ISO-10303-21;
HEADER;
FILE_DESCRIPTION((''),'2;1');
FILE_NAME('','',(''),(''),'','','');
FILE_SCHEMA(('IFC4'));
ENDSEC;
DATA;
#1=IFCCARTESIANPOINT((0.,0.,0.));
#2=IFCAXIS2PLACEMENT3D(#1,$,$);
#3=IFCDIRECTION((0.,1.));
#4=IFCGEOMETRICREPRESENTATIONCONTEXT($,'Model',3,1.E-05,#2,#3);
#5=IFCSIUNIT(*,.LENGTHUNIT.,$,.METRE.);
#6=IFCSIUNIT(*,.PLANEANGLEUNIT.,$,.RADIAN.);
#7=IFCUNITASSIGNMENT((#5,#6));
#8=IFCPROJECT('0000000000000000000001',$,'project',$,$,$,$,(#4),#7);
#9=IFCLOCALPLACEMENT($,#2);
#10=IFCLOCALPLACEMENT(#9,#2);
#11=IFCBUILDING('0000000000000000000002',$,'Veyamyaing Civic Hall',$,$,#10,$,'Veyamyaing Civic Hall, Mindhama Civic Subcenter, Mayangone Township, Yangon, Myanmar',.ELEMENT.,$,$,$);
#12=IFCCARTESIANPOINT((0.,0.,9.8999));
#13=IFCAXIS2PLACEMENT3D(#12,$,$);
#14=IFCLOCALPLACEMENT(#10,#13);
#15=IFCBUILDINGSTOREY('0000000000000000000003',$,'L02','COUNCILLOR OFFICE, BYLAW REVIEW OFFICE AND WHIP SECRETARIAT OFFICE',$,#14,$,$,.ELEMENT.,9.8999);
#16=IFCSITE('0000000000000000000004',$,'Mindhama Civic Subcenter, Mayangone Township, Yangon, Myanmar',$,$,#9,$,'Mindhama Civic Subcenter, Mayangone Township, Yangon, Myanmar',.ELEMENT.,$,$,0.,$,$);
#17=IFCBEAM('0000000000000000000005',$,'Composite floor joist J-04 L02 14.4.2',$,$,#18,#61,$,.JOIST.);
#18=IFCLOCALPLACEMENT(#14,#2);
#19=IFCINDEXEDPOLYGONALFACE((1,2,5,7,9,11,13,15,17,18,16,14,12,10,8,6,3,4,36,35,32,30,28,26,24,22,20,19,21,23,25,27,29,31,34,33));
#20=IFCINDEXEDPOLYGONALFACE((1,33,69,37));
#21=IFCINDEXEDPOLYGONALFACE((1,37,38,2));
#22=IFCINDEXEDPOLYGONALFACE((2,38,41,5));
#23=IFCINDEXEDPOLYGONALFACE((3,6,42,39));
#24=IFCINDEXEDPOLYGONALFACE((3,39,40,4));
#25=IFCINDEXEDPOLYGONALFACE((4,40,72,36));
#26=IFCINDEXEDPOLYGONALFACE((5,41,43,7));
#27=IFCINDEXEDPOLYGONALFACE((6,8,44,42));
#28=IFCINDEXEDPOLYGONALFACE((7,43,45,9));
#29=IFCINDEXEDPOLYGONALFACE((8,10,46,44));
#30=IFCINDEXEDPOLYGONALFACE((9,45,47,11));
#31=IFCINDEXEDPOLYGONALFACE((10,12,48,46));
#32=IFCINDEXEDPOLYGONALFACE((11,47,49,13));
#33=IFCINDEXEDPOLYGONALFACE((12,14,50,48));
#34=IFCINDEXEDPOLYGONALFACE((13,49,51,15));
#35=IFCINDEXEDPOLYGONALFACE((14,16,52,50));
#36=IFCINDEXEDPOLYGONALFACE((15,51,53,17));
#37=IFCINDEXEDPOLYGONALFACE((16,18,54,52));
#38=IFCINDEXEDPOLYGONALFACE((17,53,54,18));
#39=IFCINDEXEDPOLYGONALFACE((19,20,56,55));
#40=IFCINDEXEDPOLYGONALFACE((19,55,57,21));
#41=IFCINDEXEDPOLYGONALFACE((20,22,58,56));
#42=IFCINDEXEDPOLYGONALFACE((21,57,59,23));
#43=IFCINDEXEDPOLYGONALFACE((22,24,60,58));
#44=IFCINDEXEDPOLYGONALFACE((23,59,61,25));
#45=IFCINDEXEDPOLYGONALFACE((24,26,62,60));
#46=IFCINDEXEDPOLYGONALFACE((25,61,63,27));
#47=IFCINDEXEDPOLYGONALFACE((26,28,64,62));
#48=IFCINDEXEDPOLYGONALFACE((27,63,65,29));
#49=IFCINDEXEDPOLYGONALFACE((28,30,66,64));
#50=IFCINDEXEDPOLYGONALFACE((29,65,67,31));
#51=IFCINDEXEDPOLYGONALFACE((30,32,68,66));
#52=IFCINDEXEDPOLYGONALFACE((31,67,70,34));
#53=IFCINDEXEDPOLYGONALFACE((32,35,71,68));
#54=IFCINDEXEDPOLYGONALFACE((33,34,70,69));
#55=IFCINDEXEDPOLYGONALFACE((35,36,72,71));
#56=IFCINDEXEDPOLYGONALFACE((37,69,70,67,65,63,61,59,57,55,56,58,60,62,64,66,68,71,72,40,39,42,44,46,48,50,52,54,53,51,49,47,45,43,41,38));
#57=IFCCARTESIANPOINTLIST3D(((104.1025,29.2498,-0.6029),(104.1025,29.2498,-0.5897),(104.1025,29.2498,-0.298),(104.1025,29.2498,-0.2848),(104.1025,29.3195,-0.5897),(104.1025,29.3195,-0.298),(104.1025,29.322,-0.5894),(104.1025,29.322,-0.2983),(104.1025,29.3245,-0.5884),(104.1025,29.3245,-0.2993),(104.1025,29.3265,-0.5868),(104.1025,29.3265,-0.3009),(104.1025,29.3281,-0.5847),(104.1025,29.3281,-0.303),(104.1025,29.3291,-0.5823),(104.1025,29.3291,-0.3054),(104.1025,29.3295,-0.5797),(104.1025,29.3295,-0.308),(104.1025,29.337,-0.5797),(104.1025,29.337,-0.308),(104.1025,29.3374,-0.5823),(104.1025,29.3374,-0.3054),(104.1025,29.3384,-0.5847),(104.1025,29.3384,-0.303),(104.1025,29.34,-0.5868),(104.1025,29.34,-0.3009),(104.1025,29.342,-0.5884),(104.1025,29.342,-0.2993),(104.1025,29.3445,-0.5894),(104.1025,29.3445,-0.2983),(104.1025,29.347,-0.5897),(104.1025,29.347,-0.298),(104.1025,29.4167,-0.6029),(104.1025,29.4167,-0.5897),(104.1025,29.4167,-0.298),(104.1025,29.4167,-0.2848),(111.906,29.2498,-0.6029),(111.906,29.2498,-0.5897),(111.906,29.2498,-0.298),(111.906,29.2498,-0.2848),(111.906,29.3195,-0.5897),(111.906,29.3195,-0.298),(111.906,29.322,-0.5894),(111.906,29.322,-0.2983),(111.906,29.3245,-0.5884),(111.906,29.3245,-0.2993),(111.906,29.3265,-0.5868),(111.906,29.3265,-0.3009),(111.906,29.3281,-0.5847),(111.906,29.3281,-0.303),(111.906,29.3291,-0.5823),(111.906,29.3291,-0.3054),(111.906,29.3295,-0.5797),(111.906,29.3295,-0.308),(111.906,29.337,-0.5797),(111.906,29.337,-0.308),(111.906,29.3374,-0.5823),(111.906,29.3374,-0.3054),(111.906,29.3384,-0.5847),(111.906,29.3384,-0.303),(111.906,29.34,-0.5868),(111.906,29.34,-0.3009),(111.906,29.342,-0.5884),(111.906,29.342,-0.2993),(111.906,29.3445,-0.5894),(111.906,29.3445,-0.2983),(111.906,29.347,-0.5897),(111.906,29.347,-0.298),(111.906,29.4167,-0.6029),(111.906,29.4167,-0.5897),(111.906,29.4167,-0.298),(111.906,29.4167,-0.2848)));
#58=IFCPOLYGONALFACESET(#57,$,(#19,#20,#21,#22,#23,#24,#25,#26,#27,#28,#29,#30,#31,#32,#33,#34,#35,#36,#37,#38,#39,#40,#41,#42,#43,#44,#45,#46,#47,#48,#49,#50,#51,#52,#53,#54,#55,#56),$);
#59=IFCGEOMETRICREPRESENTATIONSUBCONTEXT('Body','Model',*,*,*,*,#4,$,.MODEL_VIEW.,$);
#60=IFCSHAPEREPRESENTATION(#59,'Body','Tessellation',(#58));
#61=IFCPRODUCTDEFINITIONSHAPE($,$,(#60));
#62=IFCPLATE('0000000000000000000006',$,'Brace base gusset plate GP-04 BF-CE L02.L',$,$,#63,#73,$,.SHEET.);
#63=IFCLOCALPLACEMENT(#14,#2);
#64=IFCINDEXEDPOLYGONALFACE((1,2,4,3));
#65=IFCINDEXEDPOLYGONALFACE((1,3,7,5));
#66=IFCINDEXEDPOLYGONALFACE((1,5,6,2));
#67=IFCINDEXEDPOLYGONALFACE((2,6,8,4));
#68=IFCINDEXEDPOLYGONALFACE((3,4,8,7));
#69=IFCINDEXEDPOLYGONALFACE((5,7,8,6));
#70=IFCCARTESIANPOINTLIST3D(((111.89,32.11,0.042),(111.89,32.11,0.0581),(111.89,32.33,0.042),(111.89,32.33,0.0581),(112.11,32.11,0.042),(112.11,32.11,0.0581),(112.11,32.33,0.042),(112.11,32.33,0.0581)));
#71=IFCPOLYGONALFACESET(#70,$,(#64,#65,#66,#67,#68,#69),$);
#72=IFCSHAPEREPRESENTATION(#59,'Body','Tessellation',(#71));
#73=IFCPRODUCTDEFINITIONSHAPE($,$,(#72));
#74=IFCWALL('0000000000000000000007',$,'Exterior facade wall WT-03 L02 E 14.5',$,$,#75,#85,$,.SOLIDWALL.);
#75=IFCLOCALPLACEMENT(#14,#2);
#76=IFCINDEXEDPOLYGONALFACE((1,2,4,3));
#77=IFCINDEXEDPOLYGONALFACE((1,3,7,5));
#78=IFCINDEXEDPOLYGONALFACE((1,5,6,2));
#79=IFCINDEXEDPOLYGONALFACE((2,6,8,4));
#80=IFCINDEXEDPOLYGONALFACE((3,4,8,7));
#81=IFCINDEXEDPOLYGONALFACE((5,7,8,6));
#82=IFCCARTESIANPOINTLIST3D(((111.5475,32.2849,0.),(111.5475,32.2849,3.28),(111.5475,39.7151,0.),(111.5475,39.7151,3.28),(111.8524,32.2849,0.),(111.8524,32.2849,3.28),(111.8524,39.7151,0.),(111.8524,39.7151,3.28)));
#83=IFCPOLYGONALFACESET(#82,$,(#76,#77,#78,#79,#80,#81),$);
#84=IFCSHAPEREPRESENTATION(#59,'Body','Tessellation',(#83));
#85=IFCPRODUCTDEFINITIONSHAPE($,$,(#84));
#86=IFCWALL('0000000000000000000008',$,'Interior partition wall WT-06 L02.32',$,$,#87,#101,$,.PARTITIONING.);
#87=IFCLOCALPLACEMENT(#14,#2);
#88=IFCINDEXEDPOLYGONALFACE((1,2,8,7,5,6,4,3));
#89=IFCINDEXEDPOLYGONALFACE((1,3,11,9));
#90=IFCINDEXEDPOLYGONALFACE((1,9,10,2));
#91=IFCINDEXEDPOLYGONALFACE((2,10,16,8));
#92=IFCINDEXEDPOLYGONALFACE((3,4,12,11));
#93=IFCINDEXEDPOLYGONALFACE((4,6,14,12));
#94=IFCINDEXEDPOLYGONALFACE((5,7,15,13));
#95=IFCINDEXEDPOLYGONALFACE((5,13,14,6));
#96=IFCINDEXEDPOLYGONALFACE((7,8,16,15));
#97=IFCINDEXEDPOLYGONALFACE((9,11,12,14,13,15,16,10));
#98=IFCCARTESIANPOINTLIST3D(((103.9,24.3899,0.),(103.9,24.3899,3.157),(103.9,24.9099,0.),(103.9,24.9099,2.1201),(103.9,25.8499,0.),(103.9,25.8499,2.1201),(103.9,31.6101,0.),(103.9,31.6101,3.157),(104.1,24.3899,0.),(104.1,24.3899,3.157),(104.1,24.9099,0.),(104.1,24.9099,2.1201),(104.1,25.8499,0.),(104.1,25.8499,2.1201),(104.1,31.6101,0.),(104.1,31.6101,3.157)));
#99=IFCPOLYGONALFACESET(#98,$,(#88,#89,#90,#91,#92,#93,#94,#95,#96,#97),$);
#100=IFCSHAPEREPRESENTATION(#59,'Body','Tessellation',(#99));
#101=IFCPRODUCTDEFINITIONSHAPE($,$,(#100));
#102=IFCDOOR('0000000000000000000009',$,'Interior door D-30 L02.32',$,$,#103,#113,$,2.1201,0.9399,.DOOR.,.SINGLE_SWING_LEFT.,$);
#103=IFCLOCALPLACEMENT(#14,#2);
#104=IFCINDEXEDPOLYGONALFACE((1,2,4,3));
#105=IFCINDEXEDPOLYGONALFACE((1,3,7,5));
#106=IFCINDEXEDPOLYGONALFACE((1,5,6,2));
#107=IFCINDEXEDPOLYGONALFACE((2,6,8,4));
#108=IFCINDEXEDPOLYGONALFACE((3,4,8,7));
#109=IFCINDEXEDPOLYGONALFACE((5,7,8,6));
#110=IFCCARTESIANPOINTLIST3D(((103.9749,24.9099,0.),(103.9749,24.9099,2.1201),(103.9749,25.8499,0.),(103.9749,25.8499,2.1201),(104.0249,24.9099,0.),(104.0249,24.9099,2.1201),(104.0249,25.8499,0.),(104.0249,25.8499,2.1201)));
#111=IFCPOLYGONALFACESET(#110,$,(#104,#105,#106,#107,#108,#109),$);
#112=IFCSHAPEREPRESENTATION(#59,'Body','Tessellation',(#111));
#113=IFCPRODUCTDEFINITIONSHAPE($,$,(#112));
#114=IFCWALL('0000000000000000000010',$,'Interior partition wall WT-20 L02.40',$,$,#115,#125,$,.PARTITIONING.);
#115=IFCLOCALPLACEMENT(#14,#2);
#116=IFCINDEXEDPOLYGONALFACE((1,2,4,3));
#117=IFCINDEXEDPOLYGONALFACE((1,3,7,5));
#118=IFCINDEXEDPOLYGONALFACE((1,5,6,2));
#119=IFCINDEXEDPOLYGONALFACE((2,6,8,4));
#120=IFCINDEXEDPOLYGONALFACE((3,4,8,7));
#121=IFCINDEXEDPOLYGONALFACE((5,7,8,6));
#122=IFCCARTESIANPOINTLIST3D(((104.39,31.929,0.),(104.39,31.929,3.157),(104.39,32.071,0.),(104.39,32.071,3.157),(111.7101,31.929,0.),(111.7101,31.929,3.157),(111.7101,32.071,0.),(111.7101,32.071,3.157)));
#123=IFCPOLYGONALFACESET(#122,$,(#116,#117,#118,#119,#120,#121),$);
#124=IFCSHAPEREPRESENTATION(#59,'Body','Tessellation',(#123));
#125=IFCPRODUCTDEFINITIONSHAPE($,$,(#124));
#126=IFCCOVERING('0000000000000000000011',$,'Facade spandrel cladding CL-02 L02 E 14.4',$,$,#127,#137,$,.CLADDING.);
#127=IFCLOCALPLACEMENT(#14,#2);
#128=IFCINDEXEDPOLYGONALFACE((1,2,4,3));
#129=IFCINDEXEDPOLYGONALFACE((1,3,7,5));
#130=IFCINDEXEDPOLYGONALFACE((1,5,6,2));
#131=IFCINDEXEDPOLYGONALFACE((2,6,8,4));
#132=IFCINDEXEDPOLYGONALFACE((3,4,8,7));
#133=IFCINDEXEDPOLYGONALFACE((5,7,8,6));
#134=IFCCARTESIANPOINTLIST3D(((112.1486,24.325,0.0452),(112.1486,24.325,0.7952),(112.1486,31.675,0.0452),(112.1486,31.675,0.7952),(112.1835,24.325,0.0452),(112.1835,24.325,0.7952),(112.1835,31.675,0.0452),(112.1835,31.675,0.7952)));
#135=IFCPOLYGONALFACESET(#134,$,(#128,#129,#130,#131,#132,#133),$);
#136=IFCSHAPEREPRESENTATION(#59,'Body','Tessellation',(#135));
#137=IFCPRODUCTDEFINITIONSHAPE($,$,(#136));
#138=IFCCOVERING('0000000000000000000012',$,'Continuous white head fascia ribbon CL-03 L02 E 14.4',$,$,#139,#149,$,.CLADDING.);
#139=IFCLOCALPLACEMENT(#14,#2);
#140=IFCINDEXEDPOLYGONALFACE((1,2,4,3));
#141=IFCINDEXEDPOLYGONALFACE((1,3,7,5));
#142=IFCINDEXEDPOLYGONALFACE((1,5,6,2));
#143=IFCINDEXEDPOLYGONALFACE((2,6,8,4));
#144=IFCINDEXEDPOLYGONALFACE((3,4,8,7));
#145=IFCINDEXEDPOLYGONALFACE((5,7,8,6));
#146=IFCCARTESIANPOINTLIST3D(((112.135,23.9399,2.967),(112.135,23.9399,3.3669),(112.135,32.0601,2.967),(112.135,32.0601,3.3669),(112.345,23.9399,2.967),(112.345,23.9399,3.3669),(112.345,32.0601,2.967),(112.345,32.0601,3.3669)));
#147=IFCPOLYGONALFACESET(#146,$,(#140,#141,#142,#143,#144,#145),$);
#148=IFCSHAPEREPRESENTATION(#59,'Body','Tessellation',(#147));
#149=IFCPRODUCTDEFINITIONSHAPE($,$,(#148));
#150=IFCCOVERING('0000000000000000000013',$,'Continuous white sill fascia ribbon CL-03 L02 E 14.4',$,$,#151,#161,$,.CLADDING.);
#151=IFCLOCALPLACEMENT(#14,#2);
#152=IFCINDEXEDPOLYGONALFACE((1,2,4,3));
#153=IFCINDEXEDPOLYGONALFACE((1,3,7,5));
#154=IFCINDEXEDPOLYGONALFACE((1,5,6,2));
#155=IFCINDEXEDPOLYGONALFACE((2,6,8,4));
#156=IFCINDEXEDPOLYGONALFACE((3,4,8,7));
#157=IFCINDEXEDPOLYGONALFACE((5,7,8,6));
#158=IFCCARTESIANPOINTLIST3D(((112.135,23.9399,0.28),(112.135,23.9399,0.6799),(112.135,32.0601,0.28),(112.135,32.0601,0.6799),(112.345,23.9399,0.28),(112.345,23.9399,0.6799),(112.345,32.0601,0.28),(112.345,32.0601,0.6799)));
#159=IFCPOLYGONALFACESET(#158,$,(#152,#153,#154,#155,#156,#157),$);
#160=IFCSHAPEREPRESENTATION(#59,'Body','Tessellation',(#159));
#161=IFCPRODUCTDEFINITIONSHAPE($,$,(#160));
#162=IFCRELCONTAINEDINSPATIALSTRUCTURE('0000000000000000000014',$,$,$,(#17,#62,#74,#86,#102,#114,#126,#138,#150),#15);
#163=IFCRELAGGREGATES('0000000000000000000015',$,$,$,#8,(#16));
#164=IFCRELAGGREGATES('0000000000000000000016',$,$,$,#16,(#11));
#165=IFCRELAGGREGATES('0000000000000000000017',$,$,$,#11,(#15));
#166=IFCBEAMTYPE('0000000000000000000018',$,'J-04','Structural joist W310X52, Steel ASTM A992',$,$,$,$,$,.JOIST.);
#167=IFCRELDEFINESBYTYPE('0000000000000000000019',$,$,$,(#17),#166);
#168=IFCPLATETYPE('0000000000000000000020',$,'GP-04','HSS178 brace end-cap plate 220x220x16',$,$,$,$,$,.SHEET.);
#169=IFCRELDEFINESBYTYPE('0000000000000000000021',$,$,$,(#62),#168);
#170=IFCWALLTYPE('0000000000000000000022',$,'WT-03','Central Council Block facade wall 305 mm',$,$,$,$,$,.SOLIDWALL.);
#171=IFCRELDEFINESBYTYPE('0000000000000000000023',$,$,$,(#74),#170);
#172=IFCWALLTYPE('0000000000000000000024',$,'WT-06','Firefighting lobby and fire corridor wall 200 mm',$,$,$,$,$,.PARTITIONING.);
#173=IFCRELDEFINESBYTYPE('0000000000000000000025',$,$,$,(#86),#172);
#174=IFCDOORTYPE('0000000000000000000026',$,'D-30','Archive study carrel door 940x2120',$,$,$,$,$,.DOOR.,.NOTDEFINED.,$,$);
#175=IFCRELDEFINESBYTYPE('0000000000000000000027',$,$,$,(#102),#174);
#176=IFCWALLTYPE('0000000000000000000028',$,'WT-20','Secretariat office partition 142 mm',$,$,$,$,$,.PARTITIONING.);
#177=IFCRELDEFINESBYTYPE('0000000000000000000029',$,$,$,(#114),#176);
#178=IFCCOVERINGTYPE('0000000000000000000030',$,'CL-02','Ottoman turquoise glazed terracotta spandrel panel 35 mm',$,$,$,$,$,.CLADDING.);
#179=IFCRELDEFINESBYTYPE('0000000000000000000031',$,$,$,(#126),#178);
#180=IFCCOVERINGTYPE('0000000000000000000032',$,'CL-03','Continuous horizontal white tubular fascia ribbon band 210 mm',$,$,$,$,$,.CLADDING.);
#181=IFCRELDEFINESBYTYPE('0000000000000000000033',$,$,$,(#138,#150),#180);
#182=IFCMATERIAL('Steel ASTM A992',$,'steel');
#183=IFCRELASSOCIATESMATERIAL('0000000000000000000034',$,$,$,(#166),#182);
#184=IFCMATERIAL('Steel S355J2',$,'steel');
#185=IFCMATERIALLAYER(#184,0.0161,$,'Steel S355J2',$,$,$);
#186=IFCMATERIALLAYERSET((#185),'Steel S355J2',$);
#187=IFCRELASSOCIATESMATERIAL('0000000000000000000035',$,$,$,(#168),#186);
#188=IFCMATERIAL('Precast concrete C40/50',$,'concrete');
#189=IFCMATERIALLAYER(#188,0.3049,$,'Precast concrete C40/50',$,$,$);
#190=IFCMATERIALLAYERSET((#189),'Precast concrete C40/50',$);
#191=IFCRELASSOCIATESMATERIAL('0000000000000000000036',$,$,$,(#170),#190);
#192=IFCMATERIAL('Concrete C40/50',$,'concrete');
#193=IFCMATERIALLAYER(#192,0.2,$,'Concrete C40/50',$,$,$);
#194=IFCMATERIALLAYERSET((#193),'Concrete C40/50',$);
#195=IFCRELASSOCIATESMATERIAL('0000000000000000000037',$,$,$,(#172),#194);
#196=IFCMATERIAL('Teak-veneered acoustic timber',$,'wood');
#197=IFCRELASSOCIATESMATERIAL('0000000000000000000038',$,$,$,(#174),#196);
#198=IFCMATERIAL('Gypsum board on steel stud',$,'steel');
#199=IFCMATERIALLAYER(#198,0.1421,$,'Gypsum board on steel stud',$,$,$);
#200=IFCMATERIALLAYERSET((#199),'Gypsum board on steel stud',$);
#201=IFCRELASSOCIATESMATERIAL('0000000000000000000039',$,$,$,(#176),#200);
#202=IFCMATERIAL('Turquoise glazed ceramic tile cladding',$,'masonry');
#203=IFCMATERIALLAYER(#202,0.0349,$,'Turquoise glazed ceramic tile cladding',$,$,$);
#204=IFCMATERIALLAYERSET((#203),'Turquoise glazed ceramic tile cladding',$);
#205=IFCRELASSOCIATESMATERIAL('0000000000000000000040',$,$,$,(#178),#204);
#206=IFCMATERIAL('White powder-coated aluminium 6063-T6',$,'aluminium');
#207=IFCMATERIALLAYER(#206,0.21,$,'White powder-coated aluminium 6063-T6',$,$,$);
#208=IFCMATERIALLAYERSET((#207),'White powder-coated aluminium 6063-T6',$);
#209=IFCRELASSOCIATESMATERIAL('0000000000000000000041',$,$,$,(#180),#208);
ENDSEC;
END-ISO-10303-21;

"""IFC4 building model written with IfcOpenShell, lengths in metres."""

from ifc_helpers import new_model, si_unit, direction, frame, frame_2d, origin, origin_2d, place, context, subcontext, project, spatial, rectangle, i_section, extrude, material, layer, layer_set, material_profile, profile_set, type_object, element, fill, save


model = new_model("IFC4")

# Units and contexts
model_context = context("Model", 3, precision=1e-05, world=origin(), true_north=direction((0.0, 1.0)))
body_context = subcontext(model_context, "Body", "Model", "MODEL_VIEW")
ifc_project = project(units=[si_unit("LENGTHUNIT", "METRE"), si_unit("PLANEANGLEUNIT", "RADIAN")], contexts=[model_context])

# Site, building, storey
site_placement = place(None, origin())
site = spatial("IfcSite", under=ifc_project, at=site_placement, Name="Mindhama Civic Subcenter, Mayangone Township, Yangon, Myanmar", LongName="Mindhama Civic Subcenter, Mayangone Township, Yangon, Myanmar", CompositionType="ELEMENT", RefElevation=0.0)
building_placement = place(site_placement, origin())
building = spatial("IfcBuilding", under=site, at=building_placement, Name="Veyamyaing Civic Hall", LongName="Veyamyaing Civic Hall, Mindhama Civic Subcenter, Mayangone Township, Yangon, Myanmar", CompositionType="ELEMENT")
storey_placement = place(building_placement, frame((0.0, 0.0, 9.8999)))
storey = spatial("IfcBuildingStorey", under=building, at=storey_placement, Name="L02", Description="COUNCILLOR OFFICE, BYLAW REVIEW OFFICE AND WHIP SECRETARIAT OFFICE", CompositionType="ELEMENT", Elevation=9.8999)

# Shared definitions
ifc_material_1 = material(Name="Steel ASTM A992", Category="steel")

# Shared definitions
ifc_material_2 = material(Name="Steel S355J2", Category="steel")

# Beam
ifc_material_profile_1 = material_profile(ifc_material_1, i_section(OverallWidth=0.167, OverallDepth=0.3181, WebThickness=0.0076, FlangeThickness=0.0132, FilletRadius=0.01, at=origin_2d()), Name="W310X52")
ifc_profile_set_1 = profile_set([ifc_material_profile_1], Name="Steel ASTM A992")
beam_type_1 = type_object("IfcBeamType", Name="J-04", Description="Structural joist W310X52, Steel ASTM A992", PredefinedType="JOIST", material=ifc_profile_set_1)
for number, where, z_axis, x_axis, name in (
    (1, (104.1025, 29.3333, -0.4438), (1.0, 0.0, 0.0), (0.0, 1.0, 0.0), "Composite floor joist J-04 L02 14.4.2"),
):
    element("IfcBeam", number, at=place(storey_placement, frame(where, z_axis=z_axis, x_axis=x_axis)), inside=storey, type_object=beam_type_1, Name=name, PredefinedType="JOIST", context=body_context, shape_type="SweptSolid", body=[
        extrude(i_section(OverallWidth=0.167, OverallDepth=0.3181, WebThickness=0.0076, FlangeThickness=0.0132, FilletRadius=0.01, at=origin_2d()), origin(), (0.0, 0.0, 1.0), 7.8035),
    ])

# Plate
ifc_layer_1 = layer(ifc_material_2, 0.0161, Name="Steel S355J2")
ifc_layer_set_1 = layer_set([ifc_layer_1], Name="Steel S355J2")
plate_type = type_object("IfcPlateType", Name="GP-04", Description="HSS178 brace end-cap plate 220x220x16", PredefinedType="SHEET", material=ifc_layer_set_1)
plate_placement = place(storey_placement, frame((112.0, 32.22, 0.042), z_axis=(0.0, 0.0, 1.0), x_axis=(1.0, 0.0, 0.0)))
element("IfcPlate", 2, at=plate_placement, inside=storey, type_object=plate_type, Name="Brace base gusset plate GP-04 BF-CE L02.L", PredefinedType="SHEET", context=body_context, shape_type="SweptSolid", body=[
    extrude(rectangle(XDim=0.22, YDim=0.22, at=origin_2d()), origin(), (0.0, 0.0, 1.0), 0.0161),
])

# Wall
ifc_material_3 = material(Name="Precast concrete C40/50", Category="concrete")
ifc_layer_2 = layer(ifc_material_3, 0.3049, Name="Precast concrete C40/50")
ifc_layer_set_2 = layer_set([ifc_layer_2], Name="Precast concrete C40/50")
wall_type_1 = type_object("IfcWallType", Name="WT-03", Description="Central Council Block facade wall 305 mm", PredefinedType="SOLIDWALL", material=ifc_layer_set_2)
wall_1_placement = place(storey_placement, frame((111.7, 32.2849, 0.0), z_axis=(0.0, 0.0, 1.0), x_axis=(0.0, 1.0, 0.0)))
element("IfcWall", 3, at=wall_1_placement, inside=storey, type_object=wall_type_1, Name="Exterior facade wall WT-03 L02 E 14.5", PredefinedType="SOLIDWALL", context=body_context, shape_type="SweptSolid", body=[
    extrude(rectangle(XDim=7.4302, YDim=0.3049, at=frame_2d((3.7151, 0.0))), origin(), (0.0, 0.0, 1.0), 3.28),
])

# Wall, opening, door
ifc_material_4 = material(Name="Concrete C40/50", Category="concrete")
ifc_layer_3 = layer(ifc_material_4, 0.2, Name="Concrete C40/50")
ifc_layer_set_3 = layer_set([ifc_layer_3], Name="Concrete C40/50")
wall_type_2 = type_object("IfcWallType", Name="WT-06", Description="Firefighting lobby and fire corridor wall 200 mm", PredefinedType="PARTITIONING", material=ifc_layer_set_3)
wall_2_placement = place(storey_placement, frame((104.0, 24.3899, 0.0), z_axis=(0.0, 0.0, 1.0), x_axis=(0.0, 1.0, 0.0)))
wall_2 = element("IfcWall", 4, at=wall_2_placement, inside=storey, type_object=wall_type_2, Name="Interior partition wall WT-06 L02.32", PredefinedType="PARTITIONING", context=body_context, shape_type="SweptSolid", body=[
    extrude(rectangle(XDim=7.2202, YDim=0.2, at=frame_2d((3.6101, 0.0))), origin(), (0.0, 0.0, 1.0), 3.157),
])
opening_placement = place(wall_2_placement, frame((0.52, 0.0, 0.0)))
opening = element("IfcOpeningElement", 5, at=opening_placement, cuts=wall_2, PredefinedType="OPENING", context=body_context, shape_type="SweptSolid", body=[
    extrude(rectangle(XDim=0.9399, YDim=2.1201, at=frame_2d((0.47, 1.0601))), frame((0.0, 0.1099, 0.0), z_axis=(0.0, -1.0, 0.0), x_axis=(1.0, 0.0, 0.0)), (0.0, 0.0, 1.0), 0.22),
])
ifc_material_5 = material(Name="Teak-veneered acoustic timber", Category="wood")
door_type = type_object("IfcDoorType", Name="D-30", Description="Archive study carrel door 940x2120", OperationType="NOTDEFINED", PredefinedType="DOOR", material=ifc_material_5)
door_placement = place(opening_placement, frame((0.9399, 0.0, 0.0), z_axis=(0.0, 0.0, 1.0), x_axis=(-1.0, 0.0, 0.0)))
door = element("IfcDoor", 6, at=door_placement, inside=storey, type_object=door_type, Name="Interior door D-30 L02.32", OperationType="SINGLE_SWING_LEFT", OverallHeight=2.1201, OverallWidth=0.9399, PredefinedType="DOOR", context=body_context, shape_type="SweptSolid", body=[
    extrude(rectangle(XDim=0.9399, YDim=2.1201, at=frame_2d((0.47, 1.0601))), frame((0.0, 0.0249, 0.0), z_axis=(0.0, -1.0, 0.0), x_axis=(1.0, 0.0, 0.0)), (0.0, 0.0, 1.0), 0.05),
])
fill(opening, door)

# Wall
ifc_material_6 = material(Name="Gypsum board on steel stud", Category="steel")
ifc_layer_4 = layer(ifc_material_6, 0.1421, Name="Gypsum board on steel stud")
ifc_layer_set_4 = layer_set([ifc_layer_4], Name="Gypsum board on steel stud")
wall_type_3 = type_object("IfcWallType", Name="WT-20", Description="Secretariat office partition 142 mm", PredefinedType="PARTITIONING", material=ifc_layer_set_4)
wall_3_placement = place(storey_placement, frame((104.3899, 32.0, 0.0), z_axis=(0.0, 0.0, 1.0), x_axis=(1.0, 0.0, 0.0)))
element("IfcWall", 7, at=wall_3_placement, inside=storey, type_object=wall_type_3, Name="Interior partition wall WT-20 L02.40", PredefinedType="PARTITIONING", context=body_context, shape_type="SweptSolid", body=[
    extrude(rectangle(XDim=7.3201, YDim=0.1421, at=frame_2d((3.6602, 0.0))), origin(), (0.0, 0.0, 1.0), 3.157),
])

# Coverings
ifc_material_7 = material(Name="Turquoise glazed ceramic tile cladding", Category="masonry")
ifc_layer_5 = layer(ifc_material_7, 0.0349, Name="Turquoise glazed ceramic tile cladding")
ifc_layer_set_5 = layer_set([ifc_layer_5], Name="Turquoise glazed ceramic tile cladding")
covering_type_1 = type_object("IfcCoveringType", Name="CL-02", Description="Ottoman turquoise glazed terracotta spandrel panel 35 mm", PredefinedType="CLADDING", material=ifc_layer_set_5)
covering_placement = place(storey_placement, frame((112.166, 28.0, 0.0452), z_axis=(0.0, 0.0, 1.0), x_axis=(0.0, 1.0, 0.0)))
element("IfcCovering", 8, at=covering_placement, inside=storey, type_object=covering_type_1, Name="Facade spandrel cladding CL-02 L02 E 14.4", PredefinedType="CLADDING", context=body_context, shape_type="SweptSolid", body=[
    extrude(rectangle(XDim=7.3501, YDim=0.0349, at=origin_2d()), origin(), (0.0, 0.0, 1.0), 0.75),
])
ifc_material_8 = material(Name="White powder-coated aluminium 6063-T6", Category="aluminium")
ifc_layer_6 = layer(ifc_material_8, 0.21, Name="White powder-coated aluminium 6063-T6")
ifc_layer_set_6 = layer_set([ifc_layer_6], Name="White powder-coated aluminium 6063-T6")
covering_type_2 = type_object("IfcCoveringType", Name="CL-03", Description="Continuous horizontal white tubular fascia ribbon band 210 mm", PredefinedType="CLADDING", material=ifc_layer_set_6)
for number, where, z_axis, x_axis, name in (
    (9, (112.24, 28.0, 2.967), (0.0, 0.0, 1.0), (0.0, 1.0, 0.0), "Continuous white head fascia ribbon CL-03 L02 E 14.4"),
    (10, (112.24, 28.0, 0.28), (0.0, 0.0, 1.0), (0.0, 1.0, 0.0), "Continuous white sill fascia ribbon CL-03 L02 E 14.4"),
):
    element("IfcCovering", number, at=place(storey_placement, frame(where, z_axis=z_axis, x_axis=x_axis)), inside=storey, type_object=covering_type_2, Name=name, PredefinedType="CLADDING", context=body_context, shape_type="SweptSolid", body=[
        extrude(rectangle(XDim=8.1201, YDim=0.21, at=origin_2d()), origin(), (0.0, 0.0, 1.0), 0.3999),
    ])

save(model, "model.ifc")
